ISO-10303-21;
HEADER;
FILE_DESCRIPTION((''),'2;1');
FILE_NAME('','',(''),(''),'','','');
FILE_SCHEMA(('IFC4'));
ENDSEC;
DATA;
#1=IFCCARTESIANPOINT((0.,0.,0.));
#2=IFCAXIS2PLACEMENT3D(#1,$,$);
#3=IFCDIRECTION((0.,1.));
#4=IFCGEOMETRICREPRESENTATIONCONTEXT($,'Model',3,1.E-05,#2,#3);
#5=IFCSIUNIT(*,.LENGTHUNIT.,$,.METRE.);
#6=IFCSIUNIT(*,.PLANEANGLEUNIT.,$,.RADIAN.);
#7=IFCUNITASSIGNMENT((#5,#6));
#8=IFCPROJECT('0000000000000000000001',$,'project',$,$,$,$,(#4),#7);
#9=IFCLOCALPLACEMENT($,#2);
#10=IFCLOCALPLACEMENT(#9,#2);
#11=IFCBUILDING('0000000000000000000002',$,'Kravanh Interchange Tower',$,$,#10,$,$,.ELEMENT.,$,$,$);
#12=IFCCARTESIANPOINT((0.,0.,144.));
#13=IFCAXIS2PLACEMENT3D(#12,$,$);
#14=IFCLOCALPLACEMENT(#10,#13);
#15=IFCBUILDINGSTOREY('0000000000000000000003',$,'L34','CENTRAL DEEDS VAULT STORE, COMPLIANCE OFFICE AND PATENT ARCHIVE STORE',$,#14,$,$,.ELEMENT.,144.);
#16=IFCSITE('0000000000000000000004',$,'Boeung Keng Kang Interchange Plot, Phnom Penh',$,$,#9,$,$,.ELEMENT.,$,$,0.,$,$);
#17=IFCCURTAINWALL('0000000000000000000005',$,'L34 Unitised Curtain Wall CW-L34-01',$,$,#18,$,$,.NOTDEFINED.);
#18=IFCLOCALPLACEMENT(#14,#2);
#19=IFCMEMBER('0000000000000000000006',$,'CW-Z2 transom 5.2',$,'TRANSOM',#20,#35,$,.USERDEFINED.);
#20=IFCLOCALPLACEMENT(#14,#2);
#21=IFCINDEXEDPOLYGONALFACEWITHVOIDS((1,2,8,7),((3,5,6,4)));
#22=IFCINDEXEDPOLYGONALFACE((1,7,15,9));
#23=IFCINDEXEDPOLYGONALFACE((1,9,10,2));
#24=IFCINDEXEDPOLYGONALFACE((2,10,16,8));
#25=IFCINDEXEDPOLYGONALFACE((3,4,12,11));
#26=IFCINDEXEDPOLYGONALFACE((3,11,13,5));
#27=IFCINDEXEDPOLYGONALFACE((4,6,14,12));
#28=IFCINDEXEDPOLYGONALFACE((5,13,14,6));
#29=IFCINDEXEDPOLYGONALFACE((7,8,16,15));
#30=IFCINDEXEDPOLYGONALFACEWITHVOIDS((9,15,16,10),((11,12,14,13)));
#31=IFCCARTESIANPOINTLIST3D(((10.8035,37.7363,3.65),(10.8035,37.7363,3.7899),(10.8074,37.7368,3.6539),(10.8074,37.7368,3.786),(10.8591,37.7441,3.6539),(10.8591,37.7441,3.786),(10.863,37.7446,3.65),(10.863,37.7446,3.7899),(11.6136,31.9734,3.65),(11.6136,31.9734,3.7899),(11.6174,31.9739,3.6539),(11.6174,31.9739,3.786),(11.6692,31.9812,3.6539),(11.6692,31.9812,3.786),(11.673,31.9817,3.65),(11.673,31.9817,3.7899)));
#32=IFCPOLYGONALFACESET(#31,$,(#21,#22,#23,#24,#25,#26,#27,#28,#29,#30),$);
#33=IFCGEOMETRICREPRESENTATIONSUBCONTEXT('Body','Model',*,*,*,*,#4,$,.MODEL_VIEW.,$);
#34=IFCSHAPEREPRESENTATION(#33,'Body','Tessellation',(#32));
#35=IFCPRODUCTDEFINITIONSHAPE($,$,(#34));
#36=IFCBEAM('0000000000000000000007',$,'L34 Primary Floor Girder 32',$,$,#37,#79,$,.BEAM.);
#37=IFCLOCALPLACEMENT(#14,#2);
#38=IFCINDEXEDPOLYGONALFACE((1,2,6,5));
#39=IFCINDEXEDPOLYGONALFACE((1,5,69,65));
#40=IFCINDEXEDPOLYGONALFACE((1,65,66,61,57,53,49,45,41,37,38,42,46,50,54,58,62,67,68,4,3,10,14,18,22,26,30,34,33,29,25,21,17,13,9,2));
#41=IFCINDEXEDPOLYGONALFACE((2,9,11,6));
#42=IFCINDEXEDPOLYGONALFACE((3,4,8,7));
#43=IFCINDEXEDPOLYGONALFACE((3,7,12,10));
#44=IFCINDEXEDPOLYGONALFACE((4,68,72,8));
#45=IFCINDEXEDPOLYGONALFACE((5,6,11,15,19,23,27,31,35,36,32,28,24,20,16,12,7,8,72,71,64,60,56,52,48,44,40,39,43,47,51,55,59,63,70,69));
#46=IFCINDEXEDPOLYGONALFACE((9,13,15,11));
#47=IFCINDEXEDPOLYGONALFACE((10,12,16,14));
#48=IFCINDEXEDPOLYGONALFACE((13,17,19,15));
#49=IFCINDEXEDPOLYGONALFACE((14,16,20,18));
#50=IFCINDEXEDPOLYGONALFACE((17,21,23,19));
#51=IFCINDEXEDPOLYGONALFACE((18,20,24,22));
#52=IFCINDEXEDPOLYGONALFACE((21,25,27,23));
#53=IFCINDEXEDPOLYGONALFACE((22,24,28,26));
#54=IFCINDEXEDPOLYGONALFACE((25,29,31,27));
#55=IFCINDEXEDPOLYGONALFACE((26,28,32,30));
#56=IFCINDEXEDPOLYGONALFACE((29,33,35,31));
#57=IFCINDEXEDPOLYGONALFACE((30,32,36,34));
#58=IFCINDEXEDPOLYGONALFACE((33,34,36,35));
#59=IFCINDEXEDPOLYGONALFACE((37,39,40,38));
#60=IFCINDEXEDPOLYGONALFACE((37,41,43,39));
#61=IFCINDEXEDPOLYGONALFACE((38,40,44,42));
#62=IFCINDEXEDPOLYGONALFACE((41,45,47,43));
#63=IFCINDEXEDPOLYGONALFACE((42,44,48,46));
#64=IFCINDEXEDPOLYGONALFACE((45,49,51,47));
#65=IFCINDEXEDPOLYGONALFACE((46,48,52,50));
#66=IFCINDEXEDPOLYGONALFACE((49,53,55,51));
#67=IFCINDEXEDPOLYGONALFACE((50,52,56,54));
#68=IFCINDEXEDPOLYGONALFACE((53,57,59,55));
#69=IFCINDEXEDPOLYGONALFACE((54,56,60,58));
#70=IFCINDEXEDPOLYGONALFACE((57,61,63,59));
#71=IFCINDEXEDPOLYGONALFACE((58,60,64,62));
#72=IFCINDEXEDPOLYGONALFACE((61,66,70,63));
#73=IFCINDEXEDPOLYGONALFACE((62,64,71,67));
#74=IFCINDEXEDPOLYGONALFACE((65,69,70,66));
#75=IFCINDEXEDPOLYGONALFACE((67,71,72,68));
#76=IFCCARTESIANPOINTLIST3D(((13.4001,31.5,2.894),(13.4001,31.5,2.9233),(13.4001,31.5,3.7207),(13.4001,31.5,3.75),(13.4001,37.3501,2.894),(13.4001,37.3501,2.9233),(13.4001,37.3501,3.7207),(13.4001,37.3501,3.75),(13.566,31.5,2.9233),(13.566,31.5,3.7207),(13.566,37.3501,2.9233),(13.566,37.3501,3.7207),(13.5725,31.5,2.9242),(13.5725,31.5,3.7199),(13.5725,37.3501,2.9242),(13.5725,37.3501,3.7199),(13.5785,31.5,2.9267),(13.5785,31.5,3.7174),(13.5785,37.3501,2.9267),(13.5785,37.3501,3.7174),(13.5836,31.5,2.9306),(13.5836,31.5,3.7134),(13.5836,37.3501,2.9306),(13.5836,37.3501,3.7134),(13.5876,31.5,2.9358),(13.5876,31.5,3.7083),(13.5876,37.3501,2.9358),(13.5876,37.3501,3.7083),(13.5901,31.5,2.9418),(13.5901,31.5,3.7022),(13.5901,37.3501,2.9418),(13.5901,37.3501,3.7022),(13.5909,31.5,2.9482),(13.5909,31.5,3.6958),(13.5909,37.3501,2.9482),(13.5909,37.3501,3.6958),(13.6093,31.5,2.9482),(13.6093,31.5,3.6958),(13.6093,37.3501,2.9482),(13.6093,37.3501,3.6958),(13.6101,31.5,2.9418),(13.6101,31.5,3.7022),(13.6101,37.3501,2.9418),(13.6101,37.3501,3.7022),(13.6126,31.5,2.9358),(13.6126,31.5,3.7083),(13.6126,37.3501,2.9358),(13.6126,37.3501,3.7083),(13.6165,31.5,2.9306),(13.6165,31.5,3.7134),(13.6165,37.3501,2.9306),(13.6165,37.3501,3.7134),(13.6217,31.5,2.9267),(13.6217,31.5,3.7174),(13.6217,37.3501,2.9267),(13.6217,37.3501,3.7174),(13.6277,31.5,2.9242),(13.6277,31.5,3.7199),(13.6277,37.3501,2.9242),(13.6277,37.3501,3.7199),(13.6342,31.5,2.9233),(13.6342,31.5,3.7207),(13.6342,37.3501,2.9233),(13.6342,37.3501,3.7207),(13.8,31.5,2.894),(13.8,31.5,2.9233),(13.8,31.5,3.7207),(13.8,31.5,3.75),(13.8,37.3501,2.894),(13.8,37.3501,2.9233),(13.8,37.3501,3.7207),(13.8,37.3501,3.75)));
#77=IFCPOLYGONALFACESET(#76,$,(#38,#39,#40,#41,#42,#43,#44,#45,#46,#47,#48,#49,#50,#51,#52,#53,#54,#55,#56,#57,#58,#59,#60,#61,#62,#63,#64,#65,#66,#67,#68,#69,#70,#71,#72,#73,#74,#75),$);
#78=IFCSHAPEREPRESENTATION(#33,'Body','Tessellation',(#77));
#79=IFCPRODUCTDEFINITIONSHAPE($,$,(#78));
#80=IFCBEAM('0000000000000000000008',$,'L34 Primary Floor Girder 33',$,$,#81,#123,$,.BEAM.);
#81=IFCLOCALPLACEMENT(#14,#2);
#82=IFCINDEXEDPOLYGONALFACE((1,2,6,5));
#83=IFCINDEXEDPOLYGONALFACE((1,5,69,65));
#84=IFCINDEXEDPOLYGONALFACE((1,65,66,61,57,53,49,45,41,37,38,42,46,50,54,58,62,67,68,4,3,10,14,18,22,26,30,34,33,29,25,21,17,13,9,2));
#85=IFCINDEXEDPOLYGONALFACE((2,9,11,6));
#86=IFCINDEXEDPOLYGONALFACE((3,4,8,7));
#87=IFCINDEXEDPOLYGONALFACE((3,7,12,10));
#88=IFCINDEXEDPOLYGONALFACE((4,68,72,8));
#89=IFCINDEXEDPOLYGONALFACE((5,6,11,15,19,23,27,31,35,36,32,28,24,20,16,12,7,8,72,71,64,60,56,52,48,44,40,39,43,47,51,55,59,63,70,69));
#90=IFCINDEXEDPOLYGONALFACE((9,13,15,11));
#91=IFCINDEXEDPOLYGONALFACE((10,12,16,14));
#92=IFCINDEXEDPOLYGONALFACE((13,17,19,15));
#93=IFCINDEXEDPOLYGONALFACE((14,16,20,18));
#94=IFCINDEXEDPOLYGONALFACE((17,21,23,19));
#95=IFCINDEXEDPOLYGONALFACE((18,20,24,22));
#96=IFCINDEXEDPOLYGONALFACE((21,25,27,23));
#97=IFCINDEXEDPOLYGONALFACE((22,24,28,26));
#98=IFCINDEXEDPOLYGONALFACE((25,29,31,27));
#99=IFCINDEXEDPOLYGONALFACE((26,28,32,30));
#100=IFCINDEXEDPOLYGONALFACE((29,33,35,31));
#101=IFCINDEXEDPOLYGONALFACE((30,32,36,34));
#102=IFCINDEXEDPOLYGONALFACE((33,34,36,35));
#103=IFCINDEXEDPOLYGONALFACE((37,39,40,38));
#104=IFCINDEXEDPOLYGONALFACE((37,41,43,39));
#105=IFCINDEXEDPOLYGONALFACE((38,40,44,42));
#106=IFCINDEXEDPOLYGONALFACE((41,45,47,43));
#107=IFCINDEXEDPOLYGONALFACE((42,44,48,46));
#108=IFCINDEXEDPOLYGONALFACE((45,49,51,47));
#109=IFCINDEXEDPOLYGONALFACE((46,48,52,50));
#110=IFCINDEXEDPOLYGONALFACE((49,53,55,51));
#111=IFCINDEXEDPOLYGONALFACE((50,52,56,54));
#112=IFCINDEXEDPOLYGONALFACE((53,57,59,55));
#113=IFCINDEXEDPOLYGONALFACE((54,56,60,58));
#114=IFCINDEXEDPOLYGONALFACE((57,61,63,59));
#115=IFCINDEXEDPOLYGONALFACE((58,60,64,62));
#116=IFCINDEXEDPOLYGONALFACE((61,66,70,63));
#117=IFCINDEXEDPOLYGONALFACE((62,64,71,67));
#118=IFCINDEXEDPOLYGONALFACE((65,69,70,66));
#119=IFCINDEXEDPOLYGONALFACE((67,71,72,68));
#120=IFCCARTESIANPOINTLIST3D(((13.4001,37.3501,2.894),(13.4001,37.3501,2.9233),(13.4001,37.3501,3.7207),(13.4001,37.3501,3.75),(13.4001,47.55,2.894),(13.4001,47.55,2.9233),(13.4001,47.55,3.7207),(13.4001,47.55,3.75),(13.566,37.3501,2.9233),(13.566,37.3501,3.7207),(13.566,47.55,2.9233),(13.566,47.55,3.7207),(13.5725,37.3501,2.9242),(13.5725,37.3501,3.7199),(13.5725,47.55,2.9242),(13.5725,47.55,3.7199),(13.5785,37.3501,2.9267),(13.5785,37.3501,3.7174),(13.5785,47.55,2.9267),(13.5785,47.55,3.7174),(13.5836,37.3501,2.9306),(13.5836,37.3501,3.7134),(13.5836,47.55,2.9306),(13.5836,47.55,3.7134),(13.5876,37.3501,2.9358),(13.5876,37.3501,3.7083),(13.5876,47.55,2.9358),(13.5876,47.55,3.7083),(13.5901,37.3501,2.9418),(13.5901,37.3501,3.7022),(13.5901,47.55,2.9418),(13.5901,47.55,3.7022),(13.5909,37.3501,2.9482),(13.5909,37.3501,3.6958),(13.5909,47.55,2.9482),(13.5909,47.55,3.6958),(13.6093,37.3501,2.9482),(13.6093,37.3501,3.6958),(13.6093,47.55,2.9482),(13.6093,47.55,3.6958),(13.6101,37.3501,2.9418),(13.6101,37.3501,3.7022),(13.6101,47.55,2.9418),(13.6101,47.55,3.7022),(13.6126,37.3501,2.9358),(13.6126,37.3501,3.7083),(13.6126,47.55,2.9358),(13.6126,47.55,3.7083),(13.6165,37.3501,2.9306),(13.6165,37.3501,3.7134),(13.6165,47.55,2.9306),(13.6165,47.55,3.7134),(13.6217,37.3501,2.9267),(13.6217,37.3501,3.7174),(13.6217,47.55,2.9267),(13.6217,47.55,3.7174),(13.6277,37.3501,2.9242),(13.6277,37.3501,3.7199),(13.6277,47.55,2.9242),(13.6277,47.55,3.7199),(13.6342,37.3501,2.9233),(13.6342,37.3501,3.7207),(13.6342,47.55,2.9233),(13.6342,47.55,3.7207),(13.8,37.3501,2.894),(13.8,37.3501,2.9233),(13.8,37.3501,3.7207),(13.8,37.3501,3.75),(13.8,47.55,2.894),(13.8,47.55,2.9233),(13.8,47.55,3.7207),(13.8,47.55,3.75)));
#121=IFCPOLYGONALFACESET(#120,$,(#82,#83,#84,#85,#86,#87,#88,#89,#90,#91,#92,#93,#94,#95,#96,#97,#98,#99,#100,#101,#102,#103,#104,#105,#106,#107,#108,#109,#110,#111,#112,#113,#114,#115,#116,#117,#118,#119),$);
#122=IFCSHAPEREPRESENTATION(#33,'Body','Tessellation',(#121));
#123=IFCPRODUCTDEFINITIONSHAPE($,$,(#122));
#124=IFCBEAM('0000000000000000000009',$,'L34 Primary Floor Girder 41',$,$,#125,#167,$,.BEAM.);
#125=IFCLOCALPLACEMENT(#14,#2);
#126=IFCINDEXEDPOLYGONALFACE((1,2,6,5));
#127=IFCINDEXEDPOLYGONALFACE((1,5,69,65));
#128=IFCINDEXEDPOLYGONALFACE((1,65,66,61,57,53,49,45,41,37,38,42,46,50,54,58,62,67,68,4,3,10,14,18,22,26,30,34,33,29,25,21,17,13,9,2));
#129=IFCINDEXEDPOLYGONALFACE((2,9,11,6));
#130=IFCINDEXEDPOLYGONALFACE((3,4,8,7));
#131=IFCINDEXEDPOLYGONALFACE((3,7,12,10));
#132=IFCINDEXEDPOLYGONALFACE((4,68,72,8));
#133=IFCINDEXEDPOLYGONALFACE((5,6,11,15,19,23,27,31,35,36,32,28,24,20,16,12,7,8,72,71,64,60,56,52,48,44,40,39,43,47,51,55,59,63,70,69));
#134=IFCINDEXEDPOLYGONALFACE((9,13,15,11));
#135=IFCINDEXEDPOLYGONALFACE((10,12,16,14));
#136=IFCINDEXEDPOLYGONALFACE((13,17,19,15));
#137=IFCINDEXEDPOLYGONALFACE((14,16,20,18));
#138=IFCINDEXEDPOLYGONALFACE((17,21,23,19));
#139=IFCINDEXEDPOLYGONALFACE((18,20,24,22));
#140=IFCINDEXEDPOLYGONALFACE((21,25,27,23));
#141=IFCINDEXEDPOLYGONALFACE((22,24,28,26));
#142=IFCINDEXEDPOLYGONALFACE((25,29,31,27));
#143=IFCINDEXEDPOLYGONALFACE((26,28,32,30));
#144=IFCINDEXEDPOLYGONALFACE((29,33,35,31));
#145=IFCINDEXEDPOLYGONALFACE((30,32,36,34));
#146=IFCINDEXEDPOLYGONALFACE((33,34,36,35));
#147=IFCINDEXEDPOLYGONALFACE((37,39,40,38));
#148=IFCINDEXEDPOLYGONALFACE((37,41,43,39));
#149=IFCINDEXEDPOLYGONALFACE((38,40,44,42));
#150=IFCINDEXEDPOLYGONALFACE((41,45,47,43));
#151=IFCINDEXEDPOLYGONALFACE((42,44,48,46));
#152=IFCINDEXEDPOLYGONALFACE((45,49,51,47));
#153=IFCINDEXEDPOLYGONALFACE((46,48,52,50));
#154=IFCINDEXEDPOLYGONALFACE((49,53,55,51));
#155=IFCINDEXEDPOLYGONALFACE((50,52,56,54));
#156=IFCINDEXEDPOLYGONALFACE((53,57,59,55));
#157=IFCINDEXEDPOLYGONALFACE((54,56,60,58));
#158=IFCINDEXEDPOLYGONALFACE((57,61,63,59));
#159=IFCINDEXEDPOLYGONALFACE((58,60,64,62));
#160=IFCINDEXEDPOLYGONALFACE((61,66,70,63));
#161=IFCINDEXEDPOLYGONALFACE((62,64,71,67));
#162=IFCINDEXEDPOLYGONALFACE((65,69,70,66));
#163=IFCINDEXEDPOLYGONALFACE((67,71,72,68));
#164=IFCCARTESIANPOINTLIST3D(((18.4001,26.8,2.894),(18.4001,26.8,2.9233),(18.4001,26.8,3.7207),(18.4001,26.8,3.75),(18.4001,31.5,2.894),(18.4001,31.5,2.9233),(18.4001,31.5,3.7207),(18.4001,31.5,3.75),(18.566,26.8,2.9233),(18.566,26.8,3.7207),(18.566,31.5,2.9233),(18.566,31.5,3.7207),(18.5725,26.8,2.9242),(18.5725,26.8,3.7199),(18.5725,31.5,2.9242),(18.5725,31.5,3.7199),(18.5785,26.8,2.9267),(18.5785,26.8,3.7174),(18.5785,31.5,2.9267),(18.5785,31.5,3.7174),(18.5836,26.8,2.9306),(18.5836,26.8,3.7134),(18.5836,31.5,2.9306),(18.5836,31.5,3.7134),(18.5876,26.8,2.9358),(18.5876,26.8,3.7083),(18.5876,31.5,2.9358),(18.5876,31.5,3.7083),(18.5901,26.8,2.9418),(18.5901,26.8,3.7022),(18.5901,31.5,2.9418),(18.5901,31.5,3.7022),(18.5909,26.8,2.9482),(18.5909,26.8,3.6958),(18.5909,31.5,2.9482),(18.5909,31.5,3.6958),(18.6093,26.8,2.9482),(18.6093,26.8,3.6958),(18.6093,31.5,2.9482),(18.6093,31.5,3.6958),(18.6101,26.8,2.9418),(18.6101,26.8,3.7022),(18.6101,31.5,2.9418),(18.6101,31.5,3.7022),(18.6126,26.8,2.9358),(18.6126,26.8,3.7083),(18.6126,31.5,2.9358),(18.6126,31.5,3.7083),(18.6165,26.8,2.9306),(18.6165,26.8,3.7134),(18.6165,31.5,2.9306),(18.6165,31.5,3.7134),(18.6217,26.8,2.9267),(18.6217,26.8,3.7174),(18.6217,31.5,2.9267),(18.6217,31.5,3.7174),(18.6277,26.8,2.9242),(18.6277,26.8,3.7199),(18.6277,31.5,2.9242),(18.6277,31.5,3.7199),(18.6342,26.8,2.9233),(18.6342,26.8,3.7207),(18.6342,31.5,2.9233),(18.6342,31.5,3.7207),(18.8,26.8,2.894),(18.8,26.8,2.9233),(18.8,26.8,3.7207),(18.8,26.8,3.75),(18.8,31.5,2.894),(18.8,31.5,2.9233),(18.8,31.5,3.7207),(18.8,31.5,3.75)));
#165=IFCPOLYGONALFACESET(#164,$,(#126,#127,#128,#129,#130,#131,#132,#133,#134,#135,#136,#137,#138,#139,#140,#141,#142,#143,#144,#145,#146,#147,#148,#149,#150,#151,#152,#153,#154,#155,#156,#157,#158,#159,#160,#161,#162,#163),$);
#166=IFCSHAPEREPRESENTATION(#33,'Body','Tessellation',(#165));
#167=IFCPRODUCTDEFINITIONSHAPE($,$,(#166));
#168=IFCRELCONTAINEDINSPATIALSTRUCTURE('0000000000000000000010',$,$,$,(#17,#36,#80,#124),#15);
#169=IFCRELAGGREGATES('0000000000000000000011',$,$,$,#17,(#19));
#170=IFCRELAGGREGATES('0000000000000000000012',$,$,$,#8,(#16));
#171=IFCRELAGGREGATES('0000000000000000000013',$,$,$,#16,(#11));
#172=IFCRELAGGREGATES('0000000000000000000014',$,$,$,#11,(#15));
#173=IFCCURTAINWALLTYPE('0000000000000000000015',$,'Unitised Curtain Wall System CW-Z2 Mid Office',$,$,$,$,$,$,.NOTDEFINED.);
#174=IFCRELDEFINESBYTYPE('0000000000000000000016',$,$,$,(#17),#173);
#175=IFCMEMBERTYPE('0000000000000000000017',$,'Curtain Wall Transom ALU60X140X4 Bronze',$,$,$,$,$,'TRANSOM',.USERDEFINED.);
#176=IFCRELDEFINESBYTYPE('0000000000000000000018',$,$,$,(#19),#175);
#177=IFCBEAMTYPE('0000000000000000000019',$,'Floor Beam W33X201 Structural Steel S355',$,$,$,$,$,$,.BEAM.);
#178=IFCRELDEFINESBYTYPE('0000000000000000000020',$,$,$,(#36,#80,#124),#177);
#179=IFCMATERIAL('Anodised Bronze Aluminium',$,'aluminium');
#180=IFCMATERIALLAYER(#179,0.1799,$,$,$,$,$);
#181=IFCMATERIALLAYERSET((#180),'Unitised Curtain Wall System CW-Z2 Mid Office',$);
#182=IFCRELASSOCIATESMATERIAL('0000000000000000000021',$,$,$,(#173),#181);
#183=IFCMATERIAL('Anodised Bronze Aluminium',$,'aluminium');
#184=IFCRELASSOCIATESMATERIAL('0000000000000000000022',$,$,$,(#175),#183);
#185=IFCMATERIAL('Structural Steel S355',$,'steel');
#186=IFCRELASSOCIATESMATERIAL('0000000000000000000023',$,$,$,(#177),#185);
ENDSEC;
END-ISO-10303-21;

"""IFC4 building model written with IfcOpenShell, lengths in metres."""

from ifc_helpers import new_model, si_unit, direction, frame, origin, origin_2d, place, context, subcontext, project, spatial, hollow_rectangle, i_section, extrude, material, layer, layer_set, material_profile, profile_set, type_object, element, aggregate, save


model = new_model("IFC4")

# Units and contexts
model_context = context("Model", 3, precision=1e-05, world=origin(), true_north=direction((0.0, 1.0)))
body_context = subcontext(model_context, "Body", "Model", "MODEL_VIEW")
ifc_project = project(units=[si_unit("LENGTHUNIT", "METRE"), si_unit("PLANEANGLEUNIT", "RADIAN")], contexts=[model_context])

# Site, building, storey
site_placement = place(None, origin())
site = spatial("IfcSite", under=ifc_project, at=site_placement, Name="Boeung Keng Kang Interchange Plot, Phnom Penh", CompositionType="ELEMENT", RefElevation=0.0)
building_placement = place(site_placement, origin())
building = spatial("IfcBuilding", under=site, at=building_placement, Name="Kravanh Interchange Tower", CompositionType="ELEMENT")
storey_placement = place(building_placement, frame((0.0, 0.0, 144.0)))
storey = spatial("IfcBuildingStorey", under=building, at=storey_placement, Name="L34", Description="CENTRAL DEEDS VAULT STORE, COMPLIANCE OFFICE AND PATENT ARCHIVE STORE", CompositionType="ELEMENT", Elevation=144.0)

# Curtain wall, member
ifc_material_1 = material(Name="Anodised Bronze Aluminium", Category="aluminium")
ifc_layer_1 = layer(ifc_material_1, 0.1799)
ifc_layer_set_1 = layer_set([ifc_layer_1], Name="Unitised Curtain Wall System CW-Z2 Mid Office")
curtain_wall_type = type_object("IfcCurtainWallType", Name="Unitised Curtain Wall System CW-Z2 Mid Office", PredefinedType="NOTDEFINED", material=ifc_layer_set_1)
curtain_wall_placement = place(storey_placement, origin())
curtain_wall = element("IfcCurtainWall", 1, at=curtain_wall_placement, inside=storey, type_object=curtain_wall_type, Name="L34 Unitised Curtain Wall CW-L34-01", PredefinedType="NOTDEFINED")
ifc_material_2 = material(Name="Anodised Bronze Aluminium", Category="aluminium")
ifc_material_profile_1 = material_profile(ifc_material_2, hollow_rectangle(XDim=0.0601, YDim=0.1399, WallThickness=0.0039, at=origin_2d()), Name="ALU60X140X4")
ifc_profile_set_1 = profile_set([ifc_material_profile_1], Name="Anodised Bronze Aluminium")
member_type_1 = type_object("IfcMemberType", Name="Curtain Wall Transom ALU60X140X4 Bronze", ElementType="TRANSOM", PredefinedType="USERDEFINED", material=ifc_profile_set_1)
member_1_placement = place(storey_placement, frame((11.6433, 31.9775, 3.72), z_axis=(-0.139195, 0.990265, 0.0), x_axis=(-0.990265, -0.139195, 0.0)))
member_1 = element("IfcMember", 2, at=member_1_placement, type_object=member_type_1, Name="CW-Z2 transom 5.2", ObjectType="TRANSOM", PredefinedType="USERDEFINED", context=body_context, shape_type="SweptSolid", body=[
    extrude(hollow_rectangle(XDim=0.0601, YDim=0.1399, WallThickness=0.0039, at=origin_2d()), origin(), (0.0, 0.0, 1.0), 5.8196),
])

# Beams
ifc_material_3 = material(Name="Structural Steel S355", Category="steel")
ifc_material_profile_2 = material_profile(ifc_material_3, i_section(OverallWidth=0.3999, OverallDepth=0.856, WebThickness=0.0183, FlangeThickness=0.0293, FilletRadius=0.0249, at=origin_2d()), Name="W33X201")
ifc_profile_set_2 = profile_set([ifc_material_profile_2], Name="Structural Steel S355")
beam_type_1 = type_object("IfcBeamType", Name="Floor Beam W33X201 Structural Steel S355", PredefinedType="BEAM", material=ifc_profile_set_2)
beam_1_placement = place(storey_placement, frame((13.6001, 37.3501, 3.322), z_axis=(0.0, -1.0, 0.0), x_axis=(1.0, 0.0, 0.0)))
element("IfcBeam", 3, at=beam_1_placement, inside=storey, type_object=beam_type_1, Name="L34 Primary Floor Girder 32", PredefinedType="BEAM", context=body_context, shape_type="SweptSolid", body=[
    extrude(i_section(OverallWidth=0.3999, OverallDepth=0.856, WebThickness=0.0183, FlangeThickness=0.0293, FilletRadius=0.0249, at=origin_2d()), origin(), (0.0, 0.0, 1.0), 5.8501),
])
beam_2_placement = place(storey_placement, frame((13.6001, 37.3501, 3.322), z_axis=(0.0, 1.0, 0.0), x_axis=(-1.0, 0.0, 0.0)))
element("IfcBeam", 4, at=beam_2_placement, inside=storey, type_object=beam_type_1, Name="L34 Primary Floor Girder 33", PredefinedType="BEAM", context=body_context, shape_type="SweptSolid", body=[
    extrude(i_section(OverallWidth=0.3999, OverallDepth=0.856, WebThickness=0.0183, FlangeThickness=0.0293, FilletRadius=0.0249, at=origin_2d()), origin(), (0.0, 0.0, 1.0), 10.2),
])
beam_3_placement = place(storey_placement, frame((18.6001, 26.8, 3.322), z_axis=(0.0, 1.0, 0.0), x_axis=(-1.0, 0.0, 0.0)))
element("IfcBeam", 5, at=beam_3_placement, inside=storey, type_object=beam_type_1, Name="L34 Primary Floor Girder 41", PredefinedType="BEAM", context=body_context, shape_type="SweptSolid", body=[
    extrude(i_section(OverallWidth=0.3999, OverallDepth=0.856, WebThickness=0.0183, FlangeThickness=0.0293, FilletRadius=0.0249, at=origin_2d()), origin(), (0.0, 0.0, 1.0), 4.7),
])

aggregate(curtain_wall, [member_1])

save(model, "model.ifc")
